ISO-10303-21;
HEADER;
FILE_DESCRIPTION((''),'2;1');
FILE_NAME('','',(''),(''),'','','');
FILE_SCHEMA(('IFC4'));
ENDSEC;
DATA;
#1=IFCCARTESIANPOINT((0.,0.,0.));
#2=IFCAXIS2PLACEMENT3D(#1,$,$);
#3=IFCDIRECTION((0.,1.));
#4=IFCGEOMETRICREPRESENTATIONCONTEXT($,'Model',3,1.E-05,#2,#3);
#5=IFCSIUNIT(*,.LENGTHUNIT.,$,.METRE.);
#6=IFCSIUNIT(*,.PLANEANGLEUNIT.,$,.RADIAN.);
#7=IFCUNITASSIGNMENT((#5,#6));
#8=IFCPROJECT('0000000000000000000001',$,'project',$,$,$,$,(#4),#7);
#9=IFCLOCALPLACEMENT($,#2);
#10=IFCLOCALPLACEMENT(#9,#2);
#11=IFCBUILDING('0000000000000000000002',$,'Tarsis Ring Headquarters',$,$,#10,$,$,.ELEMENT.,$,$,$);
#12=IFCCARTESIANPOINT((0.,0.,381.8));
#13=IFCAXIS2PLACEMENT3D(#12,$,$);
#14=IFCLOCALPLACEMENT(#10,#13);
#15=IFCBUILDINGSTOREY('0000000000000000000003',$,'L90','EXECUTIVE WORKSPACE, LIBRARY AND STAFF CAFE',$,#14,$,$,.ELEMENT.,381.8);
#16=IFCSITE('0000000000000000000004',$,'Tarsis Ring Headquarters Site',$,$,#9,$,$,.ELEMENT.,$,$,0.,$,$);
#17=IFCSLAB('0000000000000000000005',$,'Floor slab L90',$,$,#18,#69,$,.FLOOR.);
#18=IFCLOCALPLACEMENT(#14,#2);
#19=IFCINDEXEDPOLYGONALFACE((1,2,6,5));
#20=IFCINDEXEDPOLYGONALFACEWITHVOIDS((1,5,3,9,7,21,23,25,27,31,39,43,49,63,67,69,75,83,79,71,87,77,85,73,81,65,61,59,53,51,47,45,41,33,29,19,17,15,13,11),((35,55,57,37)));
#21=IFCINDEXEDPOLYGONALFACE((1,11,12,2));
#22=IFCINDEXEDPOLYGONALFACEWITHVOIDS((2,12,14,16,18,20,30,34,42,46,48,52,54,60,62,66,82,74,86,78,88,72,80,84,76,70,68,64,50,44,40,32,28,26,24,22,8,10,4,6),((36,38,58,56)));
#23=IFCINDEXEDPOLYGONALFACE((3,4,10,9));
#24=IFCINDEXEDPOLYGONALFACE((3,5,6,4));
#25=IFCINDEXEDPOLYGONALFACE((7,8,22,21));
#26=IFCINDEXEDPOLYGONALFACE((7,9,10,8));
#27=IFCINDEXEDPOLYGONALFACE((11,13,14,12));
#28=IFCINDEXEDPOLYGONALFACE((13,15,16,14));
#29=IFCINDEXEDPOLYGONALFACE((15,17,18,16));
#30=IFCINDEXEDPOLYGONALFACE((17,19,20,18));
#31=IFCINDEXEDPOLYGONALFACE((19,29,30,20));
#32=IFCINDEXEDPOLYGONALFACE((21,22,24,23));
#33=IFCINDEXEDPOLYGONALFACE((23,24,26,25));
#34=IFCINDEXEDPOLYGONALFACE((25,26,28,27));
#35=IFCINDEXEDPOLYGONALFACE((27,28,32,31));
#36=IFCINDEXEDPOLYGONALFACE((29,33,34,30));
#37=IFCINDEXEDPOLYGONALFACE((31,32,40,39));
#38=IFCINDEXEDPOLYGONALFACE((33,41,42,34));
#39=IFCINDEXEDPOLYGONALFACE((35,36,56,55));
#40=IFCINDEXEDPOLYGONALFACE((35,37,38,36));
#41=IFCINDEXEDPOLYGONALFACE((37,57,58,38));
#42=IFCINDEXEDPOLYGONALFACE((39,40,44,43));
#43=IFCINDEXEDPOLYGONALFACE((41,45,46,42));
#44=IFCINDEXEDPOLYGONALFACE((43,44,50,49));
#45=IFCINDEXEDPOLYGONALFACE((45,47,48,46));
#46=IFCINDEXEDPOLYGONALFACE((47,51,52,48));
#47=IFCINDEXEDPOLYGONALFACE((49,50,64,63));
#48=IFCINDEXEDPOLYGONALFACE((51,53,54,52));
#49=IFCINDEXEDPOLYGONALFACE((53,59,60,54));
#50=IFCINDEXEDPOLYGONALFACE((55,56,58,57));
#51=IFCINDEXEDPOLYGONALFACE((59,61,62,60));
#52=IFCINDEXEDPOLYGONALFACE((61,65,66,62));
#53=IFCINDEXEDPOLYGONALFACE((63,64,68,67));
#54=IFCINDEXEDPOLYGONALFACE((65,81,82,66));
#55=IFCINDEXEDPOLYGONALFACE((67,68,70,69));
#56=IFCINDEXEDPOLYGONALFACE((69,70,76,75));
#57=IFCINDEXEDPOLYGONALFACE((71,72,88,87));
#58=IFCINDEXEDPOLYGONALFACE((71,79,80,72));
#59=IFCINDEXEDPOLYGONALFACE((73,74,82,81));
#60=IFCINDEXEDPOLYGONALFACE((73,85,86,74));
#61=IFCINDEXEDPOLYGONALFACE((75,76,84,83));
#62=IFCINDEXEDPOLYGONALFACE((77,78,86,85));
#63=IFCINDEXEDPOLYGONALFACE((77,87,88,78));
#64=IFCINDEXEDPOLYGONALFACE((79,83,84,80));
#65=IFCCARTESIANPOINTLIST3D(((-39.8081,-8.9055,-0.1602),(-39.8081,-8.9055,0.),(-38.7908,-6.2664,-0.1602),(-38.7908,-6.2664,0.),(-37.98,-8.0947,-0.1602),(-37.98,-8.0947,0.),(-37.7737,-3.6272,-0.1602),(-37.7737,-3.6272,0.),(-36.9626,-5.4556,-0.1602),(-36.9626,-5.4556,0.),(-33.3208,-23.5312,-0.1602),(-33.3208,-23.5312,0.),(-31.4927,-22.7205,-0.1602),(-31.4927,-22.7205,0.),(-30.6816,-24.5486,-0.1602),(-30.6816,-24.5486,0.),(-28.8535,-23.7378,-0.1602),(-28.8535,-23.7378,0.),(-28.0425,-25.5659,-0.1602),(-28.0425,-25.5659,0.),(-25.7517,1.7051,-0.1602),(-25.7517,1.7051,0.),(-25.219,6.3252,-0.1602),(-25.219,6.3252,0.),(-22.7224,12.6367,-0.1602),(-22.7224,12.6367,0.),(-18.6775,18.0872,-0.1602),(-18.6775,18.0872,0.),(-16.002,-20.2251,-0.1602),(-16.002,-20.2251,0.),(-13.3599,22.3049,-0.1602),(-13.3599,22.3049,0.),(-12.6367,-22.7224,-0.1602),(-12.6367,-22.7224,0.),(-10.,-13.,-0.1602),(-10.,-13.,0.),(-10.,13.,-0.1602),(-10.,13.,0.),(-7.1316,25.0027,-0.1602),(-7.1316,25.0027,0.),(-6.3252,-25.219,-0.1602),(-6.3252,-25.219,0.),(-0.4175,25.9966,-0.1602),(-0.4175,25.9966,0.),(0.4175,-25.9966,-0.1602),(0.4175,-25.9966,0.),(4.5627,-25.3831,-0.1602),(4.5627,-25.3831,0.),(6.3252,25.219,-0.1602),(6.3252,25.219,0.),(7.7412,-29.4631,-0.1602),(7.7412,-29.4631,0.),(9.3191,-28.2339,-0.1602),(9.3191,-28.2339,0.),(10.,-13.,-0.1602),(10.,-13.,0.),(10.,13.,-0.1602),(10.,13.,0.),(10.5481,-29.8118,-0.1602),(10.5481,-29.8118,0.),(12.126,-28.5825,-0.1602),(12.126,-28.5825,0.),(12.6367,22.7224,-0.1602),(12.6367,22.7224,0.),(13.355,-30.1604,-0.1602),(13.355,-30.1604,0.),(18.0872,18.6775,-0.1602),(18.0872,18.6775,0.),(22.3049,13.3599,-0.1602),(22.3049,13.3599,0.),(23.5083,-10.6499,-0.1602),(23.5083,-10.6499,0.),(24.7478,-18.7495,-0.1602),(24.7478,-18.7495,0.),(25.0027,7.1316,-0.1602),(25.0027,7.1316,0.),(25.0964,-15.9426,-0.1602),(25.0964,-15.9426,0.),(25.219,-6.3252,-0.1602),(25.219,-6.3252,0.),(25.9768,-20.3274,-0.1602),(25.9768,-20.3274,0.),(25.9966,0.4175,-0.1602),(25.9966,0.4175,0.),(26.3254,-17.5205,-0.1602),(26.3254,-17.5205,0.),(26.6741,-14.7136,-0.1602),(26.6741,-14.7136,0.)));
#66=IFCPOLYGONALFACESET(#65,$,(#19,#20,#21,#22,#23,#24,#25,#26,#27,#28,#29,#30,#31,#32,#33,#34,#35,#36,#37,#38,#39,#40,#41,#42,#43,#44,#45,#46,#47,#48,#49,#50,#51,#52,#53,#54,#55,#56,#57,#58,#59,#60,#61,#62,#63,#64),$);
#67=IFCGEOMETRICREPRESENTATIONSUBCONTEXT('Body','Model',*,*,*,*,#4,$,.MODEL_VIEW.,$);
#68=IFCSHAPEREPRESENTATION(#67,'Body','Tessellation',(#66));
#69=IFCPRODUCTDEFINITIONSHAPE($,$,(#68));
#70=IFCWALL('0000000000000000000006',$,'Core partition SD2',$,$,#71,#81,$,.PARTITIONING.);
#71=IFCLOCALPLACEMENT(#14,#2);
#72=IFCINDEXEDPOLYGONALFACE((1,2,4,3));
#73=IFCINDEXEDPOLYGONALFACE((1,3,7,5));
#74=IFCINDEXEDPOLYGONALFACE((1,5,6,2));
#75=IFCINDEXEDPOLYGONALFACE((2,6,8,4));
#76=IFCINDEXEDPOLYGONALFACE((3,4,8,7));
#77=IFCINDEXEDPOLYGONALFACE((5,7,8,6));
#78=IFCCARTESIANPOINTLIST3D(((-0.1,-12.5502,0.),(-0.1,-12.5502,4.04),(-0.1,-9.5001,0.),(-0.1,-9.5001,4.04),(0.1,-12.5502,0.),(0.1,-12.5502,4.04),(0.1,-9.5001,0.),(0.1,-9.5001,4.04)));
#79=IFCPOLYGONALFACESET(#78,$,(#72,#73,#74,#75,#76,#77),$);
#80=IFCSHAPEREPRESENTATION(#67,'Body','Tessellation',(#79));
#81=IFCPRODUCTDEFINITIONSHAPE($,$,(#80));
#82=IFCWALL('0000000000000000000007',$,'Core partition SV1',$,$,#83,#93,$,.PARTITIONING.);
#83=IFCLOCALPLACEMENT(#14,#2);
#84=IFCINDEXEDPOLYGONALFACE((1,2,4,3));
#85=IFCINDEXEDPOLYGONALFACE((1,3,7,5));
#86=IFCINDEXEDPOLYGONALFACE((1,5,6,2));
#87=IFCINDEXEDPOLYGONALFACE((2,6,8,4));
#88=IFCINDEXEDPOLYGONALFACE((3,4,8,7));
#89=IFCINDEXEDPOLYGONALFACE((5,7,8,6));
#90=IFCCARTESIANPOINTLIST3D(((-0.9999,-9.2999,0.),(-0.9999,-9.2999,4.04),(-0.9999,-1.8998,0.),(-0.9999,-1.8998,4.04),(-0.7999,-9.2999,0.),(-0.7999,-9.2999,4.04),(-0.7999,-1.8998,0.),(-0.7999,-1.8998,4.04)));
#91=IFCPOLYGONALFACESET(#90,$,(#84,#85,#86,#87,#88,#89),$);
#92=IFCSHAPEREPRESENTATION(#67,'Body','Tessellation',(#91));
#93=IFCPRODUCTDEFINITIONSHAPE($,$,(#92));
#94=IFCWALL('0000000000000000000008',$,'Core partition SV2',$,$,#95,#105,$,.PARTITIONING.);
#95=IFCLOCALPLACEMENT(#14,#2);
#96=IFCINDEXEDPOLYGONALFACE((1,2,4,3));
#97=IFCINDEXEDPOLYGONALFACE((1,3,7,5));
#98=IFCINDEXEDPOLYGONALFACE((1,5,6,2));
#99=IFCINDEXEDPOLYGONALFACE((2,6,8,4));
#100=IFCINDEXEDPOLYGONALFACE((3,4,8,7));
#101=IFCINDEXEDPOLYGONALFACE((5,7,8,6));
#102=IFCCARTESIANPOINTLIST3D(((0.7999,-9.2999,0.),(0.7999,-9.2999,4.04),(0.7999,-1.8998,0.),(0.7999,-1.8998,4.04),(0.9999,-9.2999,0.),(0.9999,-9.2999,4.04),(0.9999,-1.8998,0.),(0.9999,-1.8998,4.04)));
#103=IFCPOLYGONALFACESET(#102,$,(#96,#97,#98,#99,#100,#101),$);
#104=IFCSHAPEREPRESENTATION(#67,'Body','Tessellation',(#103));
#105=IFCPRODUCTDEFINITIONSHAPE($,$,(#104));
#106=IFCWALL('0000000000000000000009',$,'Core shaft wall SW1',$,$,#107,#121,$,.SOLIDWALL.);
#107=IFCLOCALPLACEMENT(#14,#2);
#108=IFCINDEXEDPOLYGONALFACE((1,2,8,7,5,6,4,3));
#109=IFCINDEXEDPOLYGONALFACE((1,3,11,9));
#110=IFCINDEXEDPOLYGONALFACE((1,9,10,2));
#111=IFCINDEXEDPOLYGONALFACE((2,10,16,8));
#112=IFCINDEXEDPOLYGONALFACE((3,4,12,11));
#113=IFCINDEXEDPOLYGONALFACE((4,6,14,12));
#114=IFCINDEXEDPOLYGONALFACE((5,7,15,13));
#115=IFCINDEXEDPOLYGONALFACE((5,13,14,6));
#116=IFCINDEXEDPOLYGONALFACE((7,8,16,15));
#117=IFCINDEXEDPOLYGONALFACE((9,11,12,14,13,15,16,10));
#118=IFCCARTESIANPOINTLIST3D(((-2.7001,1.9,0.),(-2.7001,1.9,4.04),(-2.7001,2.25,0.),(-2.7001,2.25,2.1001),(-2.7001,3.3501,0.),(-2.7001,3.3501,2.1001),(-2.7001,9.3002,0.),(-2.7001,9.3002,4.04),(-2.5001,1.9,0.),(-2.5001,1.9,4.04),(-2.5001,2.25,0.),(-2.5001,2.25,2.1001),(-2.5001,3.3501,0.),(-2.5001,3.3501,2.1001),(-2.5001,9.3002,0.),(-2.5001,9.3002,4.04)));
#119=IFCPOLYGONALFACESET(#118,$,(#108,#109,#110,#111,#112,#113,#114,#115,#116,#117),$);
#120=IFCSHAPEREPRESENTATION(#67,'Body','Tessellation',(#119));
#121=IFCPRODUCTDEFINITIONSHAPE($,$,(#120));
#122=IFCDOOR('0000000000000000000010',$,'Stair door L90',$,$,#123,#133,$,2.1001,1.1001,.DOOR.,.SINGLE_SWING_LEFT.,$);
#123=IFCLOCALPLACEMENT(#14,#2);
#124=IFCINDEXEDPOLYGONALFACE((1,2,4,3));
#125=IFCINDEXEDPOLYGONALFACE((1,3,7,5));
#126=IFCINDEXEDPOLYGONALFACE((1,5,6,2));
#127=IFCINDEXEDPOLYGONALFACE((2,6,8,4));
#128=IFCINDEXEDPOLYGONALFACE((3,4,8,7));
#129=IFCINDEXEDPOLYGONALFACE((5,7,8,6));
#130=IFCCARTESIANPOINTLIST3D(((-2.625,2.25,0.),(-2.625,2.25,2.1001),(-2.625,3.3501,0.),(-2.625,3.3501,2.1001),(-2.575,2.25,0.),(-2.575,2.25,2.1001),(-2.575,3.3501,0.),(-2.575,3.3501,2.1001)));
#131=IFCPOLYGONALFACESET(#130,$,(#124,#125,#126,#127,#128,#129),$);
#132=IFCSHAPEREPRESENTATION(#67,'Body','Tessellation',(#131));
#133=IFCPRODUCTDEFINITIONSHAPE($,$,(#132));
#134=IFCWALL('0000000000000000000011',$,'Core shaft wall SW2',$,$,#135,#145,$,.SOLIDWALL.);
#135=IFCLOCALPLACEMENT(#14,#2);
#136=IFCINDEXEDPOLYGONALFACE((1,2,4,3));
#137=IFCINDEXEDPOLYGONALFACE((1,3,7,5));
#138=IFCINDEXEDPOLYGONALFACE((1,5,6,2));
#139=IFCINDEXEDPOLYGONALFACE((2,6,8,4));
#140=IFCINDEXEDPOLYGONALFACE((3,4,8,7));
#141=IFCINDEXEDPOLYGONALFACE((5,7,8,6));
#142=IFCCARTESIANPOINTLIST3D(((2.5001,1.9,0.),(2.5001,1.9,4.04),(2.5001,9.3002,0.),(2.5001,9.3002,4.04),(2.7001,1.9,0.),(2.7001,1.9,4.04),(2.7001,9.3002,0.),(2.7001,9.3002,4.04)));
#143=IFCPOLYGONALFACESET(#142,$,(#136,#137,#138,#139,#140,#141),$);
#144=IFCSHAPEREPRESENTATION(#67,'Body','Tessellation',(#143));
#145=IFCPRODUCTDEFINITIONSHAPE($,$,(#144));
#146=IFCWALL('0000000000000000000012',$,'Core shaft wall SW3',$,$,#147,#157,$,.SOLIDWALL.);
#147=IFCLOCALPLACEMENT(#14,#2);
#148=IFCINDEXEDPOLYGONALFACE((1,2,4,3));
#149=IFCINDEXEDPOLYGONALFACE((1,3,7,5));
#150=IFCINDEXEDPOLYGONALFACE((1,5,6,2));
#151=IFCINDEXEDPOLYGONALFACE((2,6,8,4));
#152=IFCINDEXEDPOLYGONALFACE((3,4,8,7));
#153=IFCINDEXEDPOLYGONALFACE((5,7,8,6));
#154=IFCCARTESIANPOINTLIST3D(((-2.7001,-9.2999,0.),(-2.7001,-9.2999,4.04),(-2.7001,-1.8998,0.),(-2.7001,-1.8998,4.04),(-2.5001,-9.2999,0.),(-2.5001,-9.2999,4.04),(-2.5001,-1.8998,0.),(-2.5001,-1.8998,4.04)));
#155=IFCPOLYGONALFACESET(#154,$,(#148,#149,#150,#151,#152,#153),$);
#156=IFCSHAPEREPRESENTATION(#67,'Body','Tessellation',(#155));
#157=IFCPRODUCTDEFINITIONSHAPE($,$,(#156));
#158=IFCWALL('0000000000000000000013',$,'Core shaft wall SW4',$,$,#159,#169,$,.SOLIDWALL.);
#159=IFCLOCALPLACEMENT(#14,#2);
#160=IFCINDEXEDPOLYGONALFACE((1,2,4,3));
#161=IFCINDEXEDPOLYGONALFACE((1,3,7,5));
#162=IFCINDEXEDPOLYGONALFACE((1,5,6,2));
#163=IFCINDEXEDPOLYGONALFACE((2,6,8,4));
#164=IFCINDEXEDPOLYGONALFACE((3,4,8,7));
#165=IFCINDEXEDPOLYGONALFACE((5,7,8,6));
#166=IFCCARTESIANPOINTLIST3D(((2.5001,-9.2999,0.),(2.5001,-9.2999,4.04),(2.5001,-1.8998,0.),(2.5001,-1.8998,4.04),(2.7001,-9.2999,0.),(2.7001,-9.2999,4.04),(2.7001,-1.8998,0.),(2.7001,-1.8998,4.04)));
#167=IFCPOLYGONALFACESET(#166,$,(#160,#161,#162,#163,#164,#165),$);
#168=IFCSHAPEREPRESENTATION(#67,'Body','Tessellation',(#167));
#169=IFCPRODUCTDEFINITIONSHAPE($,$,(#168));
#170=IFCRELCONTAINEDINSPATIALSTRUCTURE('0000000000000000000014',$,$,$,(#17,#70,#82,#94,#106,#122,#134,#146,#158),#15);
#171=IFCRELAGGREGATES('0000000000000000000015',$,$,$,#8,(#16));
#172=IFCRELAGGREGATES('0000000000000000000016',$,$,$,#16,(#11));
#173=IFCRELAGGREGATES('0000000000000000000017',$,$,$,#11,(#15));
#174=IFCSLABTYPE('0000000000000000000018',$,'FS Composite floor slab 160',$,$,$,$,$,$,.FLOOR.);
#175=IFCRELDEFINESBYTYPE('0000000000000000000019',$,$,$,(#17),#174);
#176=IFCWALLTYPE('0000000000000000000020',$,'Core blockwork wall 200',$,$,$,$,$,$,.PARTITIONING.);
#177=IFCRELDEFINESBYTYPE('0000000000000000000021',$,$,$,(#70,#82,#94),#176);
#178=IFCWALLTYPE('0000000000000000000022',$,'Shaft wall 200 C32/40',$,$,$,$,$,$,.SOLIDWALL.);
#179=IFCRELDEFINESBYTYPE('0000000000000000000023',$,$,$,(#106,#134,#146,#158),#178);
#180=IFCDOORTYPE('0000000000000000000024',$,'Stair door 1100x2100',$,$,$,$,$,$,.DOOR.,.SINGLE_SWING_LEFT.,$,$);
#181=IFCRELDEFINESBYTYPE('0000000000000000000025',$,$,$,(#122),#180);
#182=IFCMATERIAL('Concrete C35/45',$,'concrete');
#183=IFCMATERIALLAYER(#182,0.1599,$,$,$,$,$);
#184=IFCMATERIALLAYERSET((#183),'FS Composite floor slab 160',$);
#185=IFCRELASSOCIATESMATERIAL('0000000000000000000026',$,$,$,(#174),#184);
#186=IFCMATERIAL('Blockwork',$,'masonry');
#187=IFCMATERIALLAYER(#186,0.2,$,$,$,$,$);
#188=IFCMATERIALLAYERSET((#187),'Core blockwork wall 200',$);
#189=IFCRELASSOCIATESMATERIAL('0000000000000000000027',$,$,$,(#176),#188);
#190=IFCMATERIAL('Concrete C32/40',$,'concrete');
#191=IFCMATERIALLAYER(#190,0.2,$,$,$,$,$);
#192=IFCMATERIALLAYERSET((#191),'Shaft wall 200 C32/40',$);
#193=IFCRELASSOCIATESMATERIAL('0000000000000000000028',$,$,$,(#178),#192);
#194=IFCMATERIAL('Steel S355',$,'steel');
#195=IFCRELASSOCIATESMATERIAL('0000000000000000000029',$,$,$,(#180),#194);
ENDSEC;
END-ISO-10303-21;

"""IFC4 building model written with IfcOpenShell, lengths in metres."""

from ifc_helpers import new_model, si_unit, direction, frame, frame_2d, origin, place, context, subcontext, project, spatial, polyline, rectangle, outline, extrude, material, layer, layer_set, type_object, element, fill, save


model = new_model("IFC4")

# Units and contexts
model_context = context("Model", 3, precision=1e-05, world=origin(), true_north=direction((0.0, 1.0)))
body_context = subcontext(model_context, "Body", "Model", "MODEL_VIEW")
ifc_project = project(units=[si_unit("LENGTHUNIT", "METRE"), si_unit("PLANEANGLEUNIT", "RADIAN")], contexts=[model_context])

# Site, building, storey
site_placement = place(None, origin())
site = spatial("IfcSite", under=ifc_project, at=site_placement, Name="Tarsis Ring Headquarters Site", CompositionType="ELEMENT", RefElevation=0.0)
building_placement = place(site_placement, origin())
building = spatial("IfcBuilding", under=site, at=building_placement, Name="Tarsis Ring Headquarters", CompositionType="ELEMENT")
storey_placement = place(building_placement, frame((0.0, 0.0, 381.8)))
storey = spatial("IfcBuildingStorey", under=building, at=storey_placement, Name="L90", Description="EXECUTIVE WORKSPACE, LIBRARY AND STAFF CAFE", CompositionType="ELEMENT", Elevation=381.8)

# Slab
ifc_material_1 = material(Name="Concrete C35/45", Category="concrete")
ifc_layer_1 = layer(ifc_material_1, 0.1599)
ifc_layer_set_1 = layer_set([ifc_layer_1], Name="FS Composite floor slab 160")
slab_type_1 = type_object("IfcSlabType", Name="FS Composite floor slab 160", PredefinedType="FLOOR", material=ifc_layer_set_1)
slab_1_placement = place(storey_placement, frame((0.0, 0.0, -0.1602)))
element("IfcSlab", 1, at=slab_1_placement, inside=storey, type_object=slab_type_1, Name="Floor slab L90", PredefinedType="FLOOR", context=body_context, shape_type="SweptSolid", body=[
    extrude(outline(polyline([(-16.002, -20.2251), (-12.6367, -22.7224), (-6.3252, -25.219), (0.4175, -25.9966), (4.5627, -25.3831), (7.7412, -29.4631), (9.3191, -28.2339), (10.5481, -29.8118), (12.126, -28.5825), (13.355, -30.1604), (25.9768, -20.3274), (24.7478, -18.7495), (26.3254, -17.5205), (25.0964, -15.9426), (26.6741, -14.7136), (23.5083, -10.6499), (25.219, -6.3252), (25.9966, 0.4175), (25.0027, 7.1316), (22.3049, 13.3599), (18.0872, 18.6775), (12.6367, 22.7224), (6.3252, 25.219), (-0.4175, 25.9966), (-7.1316, 25.0027), (-13.3599, 22.3049), (-18.6775, 18.0872), (-22.7224, 12.6367), (-25.219, 6.3252), (-25.7517, 1.7051), (-37.7737, -3.6272), (-36.9626, -5.4556), (-38.7908, -6.2664), (-37.98, -8.0947), (-39.8081, -8.9055), (-33.3208, -23.5312), (-31.4927, -22.7205), (-30.6816, -24.5486), (-28.8535, -23.7378), (-28.0425, -25.5659), (-16.002, -20.2251)]), holes=[polyline([(-10.0, -13.0), (-10.0, 13.0), (10.0, 13.0), (10.0, -13.0), (-10.0, -13.0)])]), origin(), (0.0, 0.0, 1.0), 0.1602),
])

# Walls
ifc_material_2 = material(Name="Blockwork", Category="masonry")
ifc_layer_2 = layer(ifc_material_2, 0.2)
ifc_layer_set_2 = layer_set([ifc_layer_2], Name="Core blockwork wall 200")
wall_type_1 = type_object("IfcWallType", Name="Core blockwork wall 200", PredefinedType="PARTITIONING", material=ifc_layer_set_2)
wall_1_placement = place(storey_placement, frame((0.0, -12.55, 0.0), z_axis=(0.0, 0.0, 1.0), x_axis=(0.0, 1.0, 0.0)))
element("IfcWall", 2, at=wall_1_placement, inside=storey, type_object=wall_type_1, Name="Core partition SD2", PredefinedType="PARTITIONING", context=body_context, shape_type="SweptSolid", body=[
    extrude(rectangle(XDim=3.05, YDim=0.2, at=frame_2d((1.5249, 0.0))), origin(), (0.0, 0.0, 1.0), 4.04),
])
for number, where, z_axis, x_axis, name in (
    (3, (-0.8999, -9.3, 0.0), (0.0, 0.0, 1.0), (0.0, 1.0, 0.0), "Core partition SV1"),
    (4, (0.8999, -9.3, 0.0), (0.0, 0.0, 1.0), (0.0, 1.0, 0.0), "Core partition SV2"),
):
    element("IfcWall", number, at=place(storey_placement, frame(where, z_axis=z_axis, x_axis=x_axis)), inside=storey, type_object=wall_type_1, Name=name, PredefinedType="PARTITIONING", context=body_context, shape_type="SweptSolid", body=[
        extrude(rectangle(XDim=7.4001, YDim=0.2, at=frame_2d((3.7002, 0.0))), origin(), (0.0, 0.0, 1.0), 4.04),
    ])

# Wall, opening, door
ifc_material_3 = material(Name="Concrete C32/40", Category="concrete")
ifc_layer_3 = layer(ifc_material_3, 0.2)
ifc_layer_set_3 = layer_set([ifc_layer_3], Name="Shaft wall 200 C32/40")
wall_type_2 = type_object("IfcWallType", Name="Shaft wall 200 C32/40", PredefinedType="SOLIDWALL", material=ifc_layer_set_3)
wall_2_placement = place(storey_placement, frame((-2.6001, 1.8999, 0.0), z_axis=(0.0, 0.0, 1.0), x_axis=(0.0, 1.0, 0.0)))
wall_2 = element("IfcWall", 5, at=wall_2_placement, inside=storey, type_object=wall_type_2, Name="Core shaft wall SW1", PredefinedType="SOLIDWALL", context=body_context, shape_type="SweptSolid", body=[
    extrude(rectangle(XDim=7.4001, YDim=0.2, at=frame_2d((3.7002, 0.0))), origin(), (0.0, 0.0, 1.0), 4.04),
])
opening_placement = place(wall_2_placement, frame((0.3501, 0.0, 0.0)))
opening = element("IfcOpeningElement", 6, at=opening_placement, cuts=wall_2, PredefinedType="OPENING", context=body_context, shape_type="SweptSolid", body=[
    extrude(rectangle(XDim=1.1001, YDim=2.1001, at=frame_2d((0.55, 1.05))), frame((0.0, 0.1099, 0.0), z_axis=(0.0, -1.0, 0.0), x_axis=(1.0, 0.0, 0.0)), (0.0, 0.0, 1.0), 0.22),
])
ifc_material_4 = material(Name="Steel S355", Category="steel")
door_type = type_object("IfcDoorType", Name="Stair door 1100x2100", OperationType="SINGLE_SWING_LEFT", PredefinedType="DOOR", material=ifc_material_4)
door_placement = place(opening_placement, origin())
door = element("IfcDoor", 7, at=door_placement, inside=storey, type_object=door_type, Name="Stair door L90", OperationType="SINGLE_SWING_LEFT", OverallHeight=2.1001, OverallWidth=1.1001, PredefinedType="DOOR", context=body_context, shape_type="SweptSolid", body=[
    extrude(rectangle(XDim=1.1001, YDim=2.1001, at=frame_2d((0.55, 1.05))), frame((0.0, 0.0249, 0.0), z_axis=(0.0, -1.0, 0.0), x_axis=(1.0, 0.0, 0.0)), (0.0, 0.0, 1.0), 0.05),
])
fill(opening, door)

# Walls
for number, where, z_axis, x_axis, name in (
    (8, (2.6001, 1.8999, 0.0), (0.0, 0.0, 1.0), (0.0, 1.0, 0.0), "Core shaft wall SW2"),
    (9, (-2.6001, -9.3, 0.0), (0.0, 0.0, 1.0), (0.0, 1.0, 0.0), "Core shaft wall SW3"),
    (10, (2.6001, -9.3, 0.0), (0.0, 0.0, 1.0), (0.0, 1.0, 0.0), "Core shaft wall SW4"),
):
    element("IfcWall", number, at=place(storey_placement, frame(where, z_axis=z_axis, x_axis=x_axis)), inside=storey, type_object=wall_type_2, Name=name, PredefinedType="SOLIDWALL", context=body_context, shape_type="SweptSolid", body=[
        extrude(rectangle(XDim=7.4001, YDim=0.2, at=frame_2d((3.7002, 0.0))), origin(), (0.0, 0.0, 1.0), 4.04),
    ])

save(model, "model.ifc")
